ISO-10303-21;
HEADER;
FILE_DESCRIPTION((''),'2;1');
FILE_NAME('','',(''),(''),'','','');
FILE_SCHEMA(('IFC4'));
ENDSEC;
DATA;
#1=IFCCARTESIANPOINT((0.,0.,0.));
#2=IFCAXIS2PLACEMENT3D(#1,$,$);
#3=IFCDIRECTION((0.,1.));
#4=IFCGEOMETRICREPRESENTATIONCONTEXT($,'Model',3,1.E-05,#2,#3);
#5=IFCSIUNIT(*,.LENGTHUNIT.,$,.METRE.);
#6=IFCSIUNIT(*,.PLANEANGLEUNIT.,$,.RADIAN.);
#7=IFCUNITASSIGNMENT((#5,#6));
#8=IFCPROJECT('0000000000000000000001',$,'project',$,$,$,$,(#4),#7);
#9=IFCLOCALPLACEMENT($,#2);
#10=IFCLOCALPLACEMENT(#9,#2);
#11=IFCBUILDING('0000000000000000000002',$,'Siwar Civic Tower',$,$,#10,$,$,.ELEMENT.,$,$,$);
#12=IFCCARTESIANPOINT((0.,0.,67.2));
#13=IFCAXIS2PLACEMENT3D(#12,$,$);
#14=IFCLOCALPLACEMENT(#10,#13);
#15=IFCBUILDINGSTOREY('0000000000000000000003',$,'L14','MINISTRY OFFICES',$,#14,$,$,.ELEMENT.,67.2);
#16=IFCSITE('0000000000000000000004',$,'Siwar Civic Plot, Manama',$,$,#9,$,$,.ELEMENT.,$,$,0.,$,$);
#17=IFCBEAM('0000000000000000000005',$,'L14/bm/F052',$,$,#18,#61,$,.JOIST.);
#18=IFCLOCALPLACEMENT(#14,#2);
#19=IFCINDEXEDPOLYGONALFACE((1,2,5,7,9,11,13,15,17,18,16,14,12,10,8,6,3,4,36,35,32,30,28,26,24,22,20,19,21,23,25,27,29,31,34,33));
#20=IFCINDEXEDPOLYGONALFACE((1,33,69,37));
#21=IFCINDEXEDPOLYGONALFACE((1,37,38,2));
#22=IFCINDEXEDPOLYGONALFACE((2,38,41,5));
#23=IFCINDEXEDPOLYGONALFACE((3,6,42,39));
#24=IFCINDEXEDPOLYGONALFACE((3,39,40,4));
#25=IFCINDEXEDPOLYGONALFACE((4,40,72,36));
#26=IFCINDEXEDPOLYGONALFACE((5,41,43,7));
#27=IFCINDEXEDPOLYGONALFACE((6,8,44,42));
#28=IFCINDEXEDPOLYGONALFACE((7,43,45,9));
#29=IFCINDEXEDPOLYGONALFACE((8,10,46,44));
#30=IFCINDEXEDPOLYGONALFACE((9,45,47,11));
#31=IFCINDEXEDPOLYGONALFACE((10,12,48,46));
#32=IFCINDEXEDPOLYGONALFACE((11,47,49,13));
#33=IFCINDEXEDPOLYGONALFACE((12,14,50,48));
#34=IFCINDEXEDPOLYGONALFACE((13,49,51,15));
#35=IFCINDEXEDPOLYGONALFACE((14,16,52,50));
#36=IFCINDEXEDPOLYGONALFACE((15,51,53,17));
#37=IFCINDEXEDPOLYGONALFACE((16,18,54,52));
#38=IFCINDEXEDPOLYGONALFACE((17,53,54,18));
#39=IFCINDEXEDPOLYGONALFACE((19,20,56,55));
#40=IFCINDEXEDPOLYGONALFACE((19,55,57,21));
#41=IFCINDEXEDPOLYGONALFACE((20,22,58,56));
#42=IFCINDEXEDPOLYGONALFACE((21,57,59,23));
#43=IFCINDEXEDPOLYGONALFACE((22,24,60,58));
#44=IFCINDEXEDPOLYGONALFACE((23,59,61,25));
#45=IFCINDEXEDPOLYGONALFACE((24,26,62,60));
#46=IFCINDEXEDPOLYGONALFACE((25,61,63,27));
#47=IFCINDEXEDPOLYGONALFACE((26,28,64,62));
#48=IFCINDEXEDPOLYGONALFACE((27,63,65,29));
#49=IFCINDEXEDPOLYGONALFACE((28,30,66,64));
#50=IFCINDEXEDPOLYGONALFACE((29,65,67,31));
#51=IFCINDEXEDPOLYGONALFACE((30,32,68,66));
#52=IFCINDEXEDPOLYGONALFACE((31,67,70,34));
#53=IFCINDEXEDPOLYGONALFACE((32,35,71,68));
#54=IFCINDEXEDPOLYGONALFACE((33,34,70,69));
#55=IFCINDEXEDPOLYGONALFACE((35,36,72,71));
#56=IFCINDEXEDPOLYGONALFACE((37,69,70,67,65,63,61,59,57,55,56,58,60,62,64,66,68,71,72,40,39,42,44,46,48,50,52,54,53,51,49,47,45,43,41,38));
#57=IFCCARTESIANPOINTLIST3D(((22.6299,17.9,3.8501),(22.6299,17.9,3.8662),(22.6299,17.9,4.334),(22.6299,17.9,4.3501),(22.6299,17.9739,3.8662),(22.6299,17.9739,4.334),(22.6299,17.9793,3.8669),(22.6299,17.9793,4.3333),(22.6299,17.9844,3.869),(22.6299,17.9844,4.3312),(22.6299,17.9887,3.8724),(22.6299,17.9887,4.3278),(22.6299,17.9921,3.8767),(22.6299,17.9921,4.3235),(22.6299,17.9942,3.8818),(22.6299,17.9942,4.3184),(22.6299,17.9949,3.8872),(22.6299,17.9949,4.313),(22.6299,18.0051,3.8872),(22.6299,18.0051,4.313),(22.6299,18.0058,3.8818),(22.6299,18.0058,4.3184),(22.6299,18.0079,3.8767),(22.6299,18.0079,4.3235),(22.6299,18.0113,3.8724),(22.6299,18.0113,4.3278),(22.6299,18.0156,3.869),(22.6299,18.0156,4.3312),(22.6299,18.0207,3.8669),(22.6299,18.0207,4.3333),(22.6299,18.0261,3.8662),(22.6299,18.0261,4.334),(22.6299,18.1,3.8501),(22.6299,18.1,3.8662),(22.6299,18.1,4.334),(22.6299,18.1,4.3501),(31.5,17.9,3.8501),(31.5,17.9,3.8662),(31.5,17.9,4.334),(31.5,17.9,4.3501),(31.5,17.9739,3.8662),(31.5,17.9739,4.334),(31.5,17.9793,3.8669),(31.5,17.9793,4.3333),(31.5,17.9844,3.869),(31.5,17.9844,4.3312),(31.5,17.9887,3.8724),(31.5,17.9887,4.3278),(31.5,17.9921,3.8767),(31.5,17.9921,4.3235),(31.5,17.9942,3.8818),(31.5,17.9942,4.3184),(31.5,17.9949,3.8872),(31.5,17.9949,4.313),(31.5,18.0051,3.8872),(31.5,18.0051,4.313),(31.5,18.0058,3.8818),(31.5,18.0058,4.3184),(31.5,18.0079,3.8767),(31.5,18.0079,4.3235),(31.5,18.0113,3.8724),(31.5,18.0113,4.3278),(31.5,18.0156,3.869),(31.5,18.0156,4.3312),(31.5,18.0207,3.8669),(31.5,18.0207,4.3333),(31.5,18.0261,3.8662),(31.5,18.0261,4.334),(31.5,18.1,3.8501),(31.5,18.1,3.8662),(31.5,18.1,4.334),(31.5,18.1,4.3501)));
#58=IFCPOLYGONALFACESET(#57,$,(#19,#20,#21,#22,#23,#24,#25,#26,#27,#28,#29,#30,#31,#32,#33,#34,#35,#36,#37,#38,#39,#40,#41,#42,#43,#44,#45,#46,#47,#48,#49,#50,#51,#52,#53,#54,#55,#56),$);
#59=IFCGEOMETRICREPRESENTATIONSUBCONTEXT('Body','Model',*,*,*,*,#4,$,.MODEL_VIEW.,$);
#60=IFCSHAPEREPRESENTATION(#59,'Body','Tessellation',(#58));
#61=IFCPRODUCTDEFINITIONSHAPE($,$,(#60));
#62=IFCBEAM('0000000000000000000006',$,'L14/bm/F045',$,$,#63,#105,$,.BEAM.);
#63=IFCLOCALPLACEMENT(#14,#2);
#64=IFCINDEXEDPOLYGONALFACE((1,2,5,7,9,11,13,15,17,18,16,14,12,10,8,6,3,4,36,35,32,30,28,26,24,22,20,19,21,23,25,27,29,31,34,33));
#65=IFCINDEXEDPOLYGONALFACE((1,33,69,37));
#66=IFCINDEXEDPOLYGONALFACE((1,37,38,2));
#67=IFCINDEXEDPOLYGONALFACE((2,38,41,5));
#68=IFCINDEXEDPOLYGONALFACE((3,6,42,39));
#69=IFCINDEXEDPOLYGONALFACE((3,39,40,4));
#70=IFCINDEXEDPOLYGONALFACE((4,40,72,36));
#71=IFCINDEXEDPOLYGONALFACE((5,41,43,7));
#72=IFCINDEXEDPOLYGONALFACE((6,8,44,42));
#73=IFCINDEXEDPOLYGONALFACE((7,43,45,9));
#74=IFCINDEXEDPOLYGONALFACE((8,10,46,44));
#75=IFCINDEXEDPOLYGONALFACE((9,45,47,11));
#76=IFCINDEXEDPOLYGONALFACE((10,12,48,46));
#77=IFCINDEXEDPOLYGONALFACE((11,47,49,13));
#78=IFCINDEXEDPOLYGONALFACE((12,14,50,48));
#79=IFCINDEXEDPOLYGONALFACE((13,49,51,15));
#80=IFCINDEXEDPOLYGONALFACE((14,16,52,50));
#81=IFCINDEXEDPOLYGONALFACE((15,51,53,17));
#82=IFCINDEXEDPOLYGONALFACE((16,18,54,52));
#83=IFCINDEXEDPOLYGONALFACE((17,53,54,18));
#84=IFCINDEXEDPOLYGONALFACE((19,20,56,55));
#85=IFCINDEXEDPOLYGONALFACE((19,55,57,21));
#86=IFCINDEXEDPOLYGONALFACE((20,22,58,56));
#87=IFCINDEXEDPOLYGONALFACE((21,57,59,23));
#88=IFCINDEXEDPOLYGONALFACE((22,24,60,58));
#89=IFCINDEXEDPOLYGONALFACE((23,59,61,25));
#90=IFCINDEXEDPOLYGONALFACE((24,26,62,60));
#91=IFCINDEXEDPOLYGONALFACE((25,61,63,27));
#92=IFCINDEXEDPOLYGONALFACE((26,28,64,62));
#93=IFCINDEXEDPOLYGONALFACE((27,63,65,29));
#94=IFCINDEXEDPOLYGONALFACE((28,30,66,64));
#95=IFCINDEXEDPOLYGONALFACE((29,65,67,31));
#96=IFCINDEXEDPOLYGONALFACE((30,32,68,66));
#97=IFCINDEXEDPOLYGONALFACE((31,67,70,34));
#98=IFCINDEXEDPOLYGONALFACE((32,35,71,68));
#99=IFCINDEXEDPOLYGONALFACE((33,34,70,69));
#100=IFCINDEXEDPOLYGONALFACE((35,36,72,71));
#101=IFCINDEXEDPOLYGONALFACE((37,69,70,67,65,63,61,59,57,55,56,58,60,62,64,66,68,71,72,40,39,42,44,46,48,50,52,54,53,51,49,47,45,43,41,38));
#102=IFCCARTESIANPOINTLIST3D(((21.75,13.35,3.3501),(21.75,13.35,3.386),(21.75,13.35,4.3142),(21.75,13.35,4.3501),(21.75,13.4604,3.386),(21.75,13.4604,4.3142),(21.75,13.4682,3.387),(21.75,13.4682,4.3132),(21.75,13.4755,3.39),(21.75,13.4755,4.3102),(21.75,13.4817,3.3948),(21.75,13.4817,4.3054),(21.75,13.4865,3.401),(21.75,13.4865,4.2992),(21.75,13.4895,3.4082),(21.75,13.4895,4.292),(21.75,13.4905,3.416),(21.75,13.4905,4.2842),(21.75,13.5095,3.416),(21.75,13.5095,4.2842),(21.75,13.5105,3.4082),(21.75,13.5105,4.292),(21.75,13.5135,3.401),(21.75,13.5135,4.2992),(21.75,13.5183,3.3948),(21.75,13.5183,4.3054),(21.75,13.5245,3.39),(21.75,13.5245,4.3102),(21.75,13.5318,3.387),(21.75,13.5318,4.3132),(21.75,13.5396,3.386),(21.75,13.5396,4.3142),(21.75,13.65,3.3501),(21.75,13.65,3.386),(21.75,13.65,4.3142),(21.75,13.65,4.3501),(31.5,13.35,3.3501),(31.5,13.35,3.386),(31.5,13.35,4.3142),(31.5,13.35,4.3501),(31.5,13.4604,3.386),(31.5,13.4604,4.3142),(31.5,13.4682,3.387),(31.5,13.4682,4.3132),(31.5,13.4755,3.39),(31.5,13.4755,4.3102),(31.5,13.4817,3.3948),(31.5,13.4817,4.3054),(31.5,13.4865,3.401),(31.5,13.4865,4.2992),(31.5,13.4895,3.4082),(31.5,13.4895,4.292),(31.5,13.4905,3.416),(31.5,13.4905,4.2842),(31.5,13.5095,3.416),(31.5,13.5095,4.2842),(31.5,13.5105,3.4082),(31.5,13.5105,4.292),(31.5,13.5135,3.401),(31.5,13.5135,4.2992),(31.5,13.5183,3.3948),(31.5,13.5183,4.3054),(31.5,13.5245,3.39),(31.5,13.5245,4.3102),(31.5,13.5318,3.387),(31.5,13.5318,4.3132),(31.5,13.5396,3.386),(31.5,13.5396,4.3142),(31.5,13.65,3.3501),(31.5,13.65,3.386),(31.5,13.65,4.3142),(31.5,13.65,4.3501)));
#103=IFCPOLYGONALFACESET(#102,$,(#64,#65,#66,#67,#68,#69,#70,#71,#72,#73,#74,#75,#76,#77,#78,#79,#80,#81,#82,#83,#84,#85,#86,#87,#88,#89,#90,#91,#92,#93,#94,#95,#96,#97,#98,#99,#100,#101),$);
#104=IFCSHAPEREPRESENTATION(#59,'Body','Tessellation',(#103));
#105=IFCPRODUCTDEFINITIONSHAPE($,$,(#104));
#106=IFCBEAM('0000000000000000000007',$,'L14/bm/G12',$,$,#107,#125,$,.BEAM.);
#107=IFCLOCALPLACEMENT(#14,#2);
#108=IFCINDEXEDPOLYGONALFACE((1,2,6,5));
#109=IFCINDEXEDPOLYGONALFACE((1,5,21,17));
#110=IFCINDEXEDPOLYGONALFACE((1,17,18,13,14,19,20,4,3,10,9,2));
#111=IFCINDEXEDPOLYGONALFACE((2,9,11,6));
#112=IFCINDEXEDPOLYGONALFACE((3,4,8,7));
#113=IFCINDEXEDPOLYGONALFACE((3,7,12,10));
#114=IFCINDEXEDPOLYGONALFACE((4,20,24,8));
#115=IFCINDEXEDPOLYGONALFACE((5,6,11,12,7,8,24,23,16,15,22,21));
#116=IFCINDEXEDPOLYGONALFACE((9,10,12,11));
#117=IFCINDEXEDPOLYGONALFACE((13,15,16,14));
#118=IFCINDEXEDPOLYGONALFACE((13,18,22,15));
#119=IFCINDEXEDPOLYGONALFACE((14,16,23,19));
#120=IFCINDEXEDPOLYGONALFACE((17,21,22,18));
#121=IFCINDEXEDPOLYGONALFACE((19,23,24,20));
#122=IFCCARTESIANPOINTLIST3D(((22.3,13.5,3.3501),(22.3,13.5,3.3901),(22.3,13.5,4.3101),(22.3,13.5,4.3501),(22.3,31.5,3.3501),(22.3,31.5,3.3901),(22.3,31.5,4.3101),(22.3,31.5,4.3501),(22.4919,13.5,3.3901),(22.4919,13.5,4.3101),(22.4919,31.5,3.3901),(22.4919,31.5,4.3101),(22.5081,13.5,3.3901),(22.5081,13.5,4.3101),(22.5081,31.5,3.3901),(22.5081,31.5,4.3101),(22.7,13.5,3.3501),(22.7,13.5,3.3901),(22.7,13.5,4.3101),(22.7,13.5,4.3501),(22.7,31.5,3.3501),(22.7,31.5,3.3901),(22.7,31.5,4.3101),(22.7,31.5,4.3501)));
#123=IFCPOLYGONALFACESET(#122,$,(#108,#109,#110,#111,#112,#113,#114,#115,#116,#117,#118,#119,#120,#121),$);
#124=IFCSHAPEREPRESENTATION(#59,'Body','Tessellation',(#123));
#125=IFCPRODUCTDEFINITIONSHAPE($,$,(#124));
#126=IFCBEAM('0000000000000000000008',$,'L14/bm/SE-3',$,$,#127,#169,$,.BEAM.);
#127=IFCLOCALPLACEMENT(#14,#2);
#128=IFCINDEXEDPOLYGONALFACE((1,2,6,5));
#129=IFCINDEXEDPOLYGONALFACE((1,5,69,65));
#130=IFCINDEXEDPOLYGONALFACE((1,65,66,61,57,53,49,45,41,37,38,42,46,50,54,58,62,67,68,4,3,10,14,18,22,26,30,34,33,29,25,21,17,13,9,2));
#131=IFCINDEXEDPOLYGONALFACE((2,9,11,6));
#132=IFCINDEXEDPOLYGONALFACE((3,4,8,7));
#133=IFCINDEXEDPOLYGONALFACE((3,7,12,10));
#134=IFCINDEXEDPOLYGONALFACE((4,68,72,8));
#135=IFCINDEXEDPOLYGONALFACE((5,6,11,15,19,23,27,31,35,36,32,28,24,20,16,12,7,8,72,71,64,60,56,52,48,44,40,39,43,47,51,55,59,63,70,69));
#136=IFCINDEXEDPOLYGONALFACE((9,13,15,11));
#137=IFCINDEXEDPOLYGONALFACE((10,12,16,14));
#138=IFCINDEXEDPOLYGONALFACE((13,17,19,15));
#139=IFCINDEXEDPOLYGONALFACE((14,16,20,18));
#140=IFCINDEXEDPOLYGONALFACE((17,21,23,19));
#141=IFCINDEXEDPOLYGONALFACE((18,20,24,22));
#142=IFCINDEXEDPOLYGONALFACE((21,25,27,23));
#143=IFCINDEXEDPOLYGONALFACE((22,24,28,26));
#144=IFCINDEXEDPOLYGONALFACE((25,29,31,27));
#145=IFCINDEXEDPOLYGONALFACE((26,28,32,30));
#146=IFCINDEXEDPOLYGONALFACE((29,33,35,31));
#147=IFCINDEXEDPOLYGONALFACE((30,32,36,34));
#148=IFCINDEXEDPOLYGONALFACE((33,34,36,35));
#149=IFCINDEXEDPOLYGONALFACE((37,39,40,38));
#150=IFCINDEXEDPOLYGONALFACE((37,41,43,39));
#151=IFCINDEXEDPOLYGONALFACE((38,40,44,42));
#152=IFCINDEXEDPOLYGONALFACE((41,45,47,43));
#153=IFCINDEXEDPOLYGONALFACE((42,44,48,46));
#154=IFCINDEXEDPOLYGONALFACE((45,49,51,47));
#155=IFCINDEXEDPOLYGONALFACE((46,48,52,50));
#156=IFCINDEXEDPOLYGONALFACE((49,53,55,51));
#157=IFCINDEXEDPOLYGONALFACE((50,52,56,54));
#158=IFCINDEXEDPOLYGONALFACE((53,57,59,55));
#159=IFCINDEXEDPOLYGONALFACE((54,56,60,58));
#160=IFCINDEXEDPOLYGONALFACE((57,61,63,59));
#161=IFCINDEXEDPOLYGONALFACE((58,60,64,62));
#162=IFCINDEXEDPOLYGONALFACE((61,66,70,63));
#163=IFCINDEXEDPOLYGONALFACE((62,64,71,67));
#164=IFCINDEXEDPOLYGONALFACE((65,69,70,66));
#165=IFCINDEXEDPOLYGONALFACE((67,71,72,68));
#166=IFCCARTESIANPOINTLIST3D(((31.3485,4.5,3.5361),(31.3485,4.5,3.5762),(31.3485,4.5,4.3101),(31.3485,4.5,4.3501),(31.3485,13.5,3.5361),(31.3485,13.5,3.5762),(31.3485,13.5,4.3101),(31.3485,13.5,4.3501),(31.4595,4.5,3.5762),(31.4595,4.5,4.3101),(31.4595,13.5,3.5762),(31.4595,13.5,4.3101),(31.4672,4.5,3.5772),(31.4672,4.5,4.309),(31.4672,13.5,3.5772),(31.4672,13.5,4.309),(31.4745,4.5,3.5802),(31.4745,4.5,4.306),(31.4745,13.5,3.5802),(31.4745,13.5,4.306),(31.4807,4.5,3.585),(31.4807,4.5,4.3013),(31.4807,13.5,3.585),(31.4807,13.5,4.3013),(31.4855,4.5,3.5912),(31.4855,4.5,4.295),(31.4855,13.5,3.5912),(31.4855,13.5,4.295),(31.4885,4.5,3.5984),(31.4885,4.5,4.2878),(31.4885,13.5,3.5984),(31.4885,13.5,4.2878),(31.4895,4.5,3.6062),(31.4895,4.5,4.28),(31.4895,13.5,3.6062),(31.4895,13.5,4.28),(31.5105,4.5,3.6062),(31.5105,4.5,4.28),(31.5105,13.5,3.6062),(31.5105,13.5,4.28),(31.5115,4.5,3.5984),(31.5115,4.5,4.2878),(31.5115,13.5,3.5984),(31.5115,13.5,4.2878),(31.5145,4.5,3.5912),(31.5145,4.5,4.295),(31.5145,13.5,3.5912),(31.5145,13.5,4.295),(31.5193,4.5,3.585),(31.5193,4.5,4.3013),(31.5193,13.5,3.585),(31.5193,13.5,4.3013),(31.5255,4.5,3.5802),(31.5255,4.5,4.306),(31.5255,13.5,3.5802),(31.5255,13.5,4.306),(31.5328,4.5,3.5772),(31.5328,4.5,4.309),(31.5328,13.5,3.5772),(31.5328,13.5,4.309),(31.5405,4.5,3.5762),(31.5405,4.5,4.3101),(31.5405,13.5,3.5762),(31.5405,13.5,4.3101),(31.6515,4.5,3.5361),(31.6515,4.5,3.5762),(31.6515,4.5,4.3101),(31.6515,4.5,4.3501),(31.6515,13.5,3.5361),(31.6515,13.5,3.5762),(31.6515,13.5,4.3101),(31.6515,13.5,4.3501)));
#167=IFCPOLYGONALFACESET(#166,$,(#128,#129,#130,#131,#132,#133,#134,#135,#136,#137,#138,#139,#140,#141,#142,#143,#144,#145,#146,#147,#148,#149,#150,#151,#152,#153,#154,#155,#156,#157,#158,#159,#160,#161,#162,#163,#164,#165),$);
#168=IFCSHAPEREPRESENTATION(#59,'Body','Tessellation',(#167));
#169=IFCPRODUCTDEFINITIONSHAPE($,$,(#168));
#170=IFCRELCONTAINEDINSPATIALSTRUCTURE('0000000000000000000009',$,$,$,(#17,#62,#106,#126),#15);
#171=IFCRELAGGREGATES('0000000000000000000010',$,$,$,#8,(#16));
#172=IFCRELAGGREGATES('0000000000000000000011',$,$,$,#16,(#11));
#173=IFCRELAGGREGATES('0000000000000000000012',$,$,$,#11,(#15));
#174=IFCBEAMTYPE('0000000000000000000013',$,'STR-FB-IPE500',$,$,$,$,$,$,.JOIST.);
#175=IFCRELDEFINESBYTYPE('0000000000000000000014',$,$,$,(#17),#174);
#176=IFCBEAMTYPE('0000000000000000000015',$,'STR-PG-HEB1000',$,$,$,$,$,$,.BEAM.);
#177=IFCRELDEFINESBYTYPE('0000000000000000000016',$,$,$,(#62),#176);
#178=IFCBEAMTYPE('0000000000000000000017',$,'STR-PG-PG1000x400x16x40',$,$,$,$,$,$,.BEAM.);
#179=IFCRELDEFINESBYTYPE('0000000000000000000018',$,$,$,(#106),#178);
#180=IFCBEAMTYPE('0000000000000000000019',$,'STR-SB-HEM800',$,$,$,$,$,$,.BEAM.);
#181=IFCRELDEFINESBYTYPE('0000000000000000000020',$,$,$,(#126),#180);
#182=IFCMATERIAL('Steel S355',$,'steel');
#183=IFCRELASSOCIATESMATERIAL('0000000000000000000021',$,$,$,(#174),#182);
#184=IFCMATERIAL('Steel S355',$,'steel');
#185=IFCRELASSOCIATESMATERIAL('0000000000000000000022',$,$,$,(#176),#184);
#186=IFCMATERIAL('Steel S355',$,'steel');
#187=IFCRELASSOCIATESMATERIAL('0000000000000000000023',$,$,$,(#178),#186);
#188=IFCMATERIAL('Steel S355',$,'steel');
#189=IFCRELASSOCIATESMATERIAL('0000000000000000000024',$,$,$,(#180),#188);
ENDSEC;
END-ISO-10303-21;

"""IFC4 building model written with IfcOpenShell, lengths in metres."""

from ifc_helpers import new_model, si_unit, direction, frame, origin, origin_2d, place, context, subcontext, project, spatial, i_section, extrude, material, material_profile, profile_set, type_object, element, save


model = new_model("IFC4")

# Units and contexts
model_context = context("Model", 3, precision=1e-05, world=origin(), true_north=direction((0.0, 1.0)))
body_context = subcontext(model_context, "Body", "Model", "MODEL_VIEW")
ifc_project = project(units=[si_unit("LENGTHUNIT", "METRE"), si_unit("PLANEANGLEUNIT", "RADIAN")], contexts=[model_context])

# Site, building, storey
site_placement = place(None, origin())
site = spatial("IfcSite", under=ifc_project, at=site_placement, Name="Siwar Civic Plot, Manama", CompositionType="ELEMENT", RefElevation=0.0)
building_placement = place(site_placement, origin())
building = spatial("IfcBuilding", under=site, at=building_placement, Name="Siwar Civic Tower", CompositionType="ELEMENT")
storey_placement = place(building_placement, frame((0.0, 0.0, 67.2)))
storey = spatial("IfcBuildingStorey", under=building, at=storey_placement, Name="L14", Description="MINISTRY OFFICES", CompositionType="ELEMENT", Elevation=67.2)

# Beams
ifc_material_1 = material(Name="Steel S355", Category="steel")
ifc_material_profile_1 = material_profile(ifc_material_1, i_section(OverallWidth=0.2, OverallDepth=0.5, WebThickness=0.0103, FlangeThickness=0.0161, FilletRadius=0.021, at=origin_2d()), Name="IPE500")
ifc_profile_set_1 = profile_set([ifc_material_profile_1], Name="Steel S355")
beam_type_1 = type_object("IfcBeamType", Name="STR-FB-IPE500", PredefinedType="JOIST", material=ifc_profile_set_1)
beam_1_placement = place(storey_placement, frame((22.6299, 18.0, 4.1001), z_axis=(1.0, 0.0, 0.0), x_axis=(0.0, 1.0, 0.0)))
element("IfcBeam", 1, at=beam_1_placement, inside=storey, type_object=beam_type_1, Name="L14/bm/F052", PredefinedType="JOIST", context=body_context, shape_type="SweptSolid", body=[
    extrude(i_section(OverallWidth=0.2, OverallDepth=0.5, WebThickness=0.0103, FlangeThickness=0.0161, FilletRadius=0.021, at=origin_2d()), origin(), (0.0, 0.0, 1.0), 8.8701),
])
ifc_material_2 = material(Name="Steel S355", Category="steel")
ifc_material_profile_2 = material_profile(ifc_material_2, i_section(OverallWidth=0.3, OverallDepth=1.0, WebThickness=0.019, FlangeThickness=0.0359, FilletRadius=0.03, at=origin_2d()), Name="HEB1000")
ifc_profile_set_2 = profile_set([ifc_material_profile_2], Name="Steel S355")
beam_type_2 = type_object("IfcBeamType", Name="STR-PG-HEB1000", PredefinedType="BEAM", material=ifc_profile_set_2)
beam_2_placement = place(storey_placement, frame((21.75, 13.5, 3.8501), z_axis=(1.0, 0.0, 0.0), x_axis=(0.0, 1.0, 0.0)))
element("IfcBeam", 2, at=beam_2_placement, inside=storey, type_object=beam_type_2, Name="L14/bm/F045", PredefinedType="BEAM", context=body_context, shape_type="SweptSolid", body=[
    extrude(i_section(OverallWidth=0.3, OverallDepth=1.0, WebThickness=0.019, FlangeThickness=0.0359, FilletRadius=0.03, at=origin_2d()), origin(), (0.0, 0.0, 1.0), 9.75),
])
ifc_material_3 = material(Name="Steel S355", Category="steel")
ifc_material_profile_3 = material_profile(ifc_material_3, i_section(OverallWidth=0.3999, OverallDepth=1.0, WebThickness=0.0161, FlangeThickness=0.04, at=origin_2d()), Name="PG1000x400x16x40")
ifc_profile_set_3 = profile_set([ifc_material_profile_3], Name="Steel S355")
beam_type_3 = type_object("IfcBeamType", Name="STR-PG-PG1000x400x16x40", PredefinedType="BEAM", material=ifc_profile_set_3)
beam_3_placement = place(storey_placement, frame((22.5, 13.5, 3.8501), z_axis=(0.0, 1.0, 0.0), x_axis=(-1.0, 0.0, 0.0)))
element("IfcBeam", 3, at=beam_3_placement, inside=storey, type_object=beam_type_3, Name="L14/bm/G12", PredefinedType="BEAM", context=body_context, shape_type="SweptSolid", body=[
    extrude(i_section(OverallWidth=0.3999, OverallDepth=1.0, WebThickness=0.0161, FlangeThickness=0.04, at=origin_2d()), origin(), (0.0, 0.0, 1.0), 18.0),
])
ifc_material_4 = material(Name="Steel S355", Category="steel")
ifc_material_profile_4 = material_profile(ifc_material_4, i_section(OverallWidth=0.303, OverallDepth=0.814, WebThickness=0.021, FlangeThickness=0.04, FilletRadius=0.03, at=origin_2d()), Name="HEM800")
ifc_profile_set_4 = profile_set([ifc_material_profile_4], Name="Steel S355")
beam_type_4 = type_object("IfcBeamType", Name="STR-SB-HEM800", PredefinedType="BEAM", material=ifc_profile_set_4)
for number, where, z_axis, x_axis, name in (
    (4, (31.5, 4.5, 3.9431), (0.0, 1.0, 0.0), (-1.0, 0.0, 0.0), "L14/bm/SE-3"),
):
    element("IfcBeam", number, at=place(storey_placement, frame(where, z_axis=z_axis, x_axis=x_axis)), inside=storey, type_object=beam_type_4, Name=name, PredefinedType="BEAM", context=body_context, shape_type="SweptSolid", body=[
        extrude(i_section(OverallWidth=0.303, OverallDepth=0.814, WebThickness=0.021, FlangeThickness=0.04, FilletRadius=0.03, at=origin_2d()), origin(), (0.0, 0.0, 1.0), 9.0),
    ])

save(model, "model.ifc")
